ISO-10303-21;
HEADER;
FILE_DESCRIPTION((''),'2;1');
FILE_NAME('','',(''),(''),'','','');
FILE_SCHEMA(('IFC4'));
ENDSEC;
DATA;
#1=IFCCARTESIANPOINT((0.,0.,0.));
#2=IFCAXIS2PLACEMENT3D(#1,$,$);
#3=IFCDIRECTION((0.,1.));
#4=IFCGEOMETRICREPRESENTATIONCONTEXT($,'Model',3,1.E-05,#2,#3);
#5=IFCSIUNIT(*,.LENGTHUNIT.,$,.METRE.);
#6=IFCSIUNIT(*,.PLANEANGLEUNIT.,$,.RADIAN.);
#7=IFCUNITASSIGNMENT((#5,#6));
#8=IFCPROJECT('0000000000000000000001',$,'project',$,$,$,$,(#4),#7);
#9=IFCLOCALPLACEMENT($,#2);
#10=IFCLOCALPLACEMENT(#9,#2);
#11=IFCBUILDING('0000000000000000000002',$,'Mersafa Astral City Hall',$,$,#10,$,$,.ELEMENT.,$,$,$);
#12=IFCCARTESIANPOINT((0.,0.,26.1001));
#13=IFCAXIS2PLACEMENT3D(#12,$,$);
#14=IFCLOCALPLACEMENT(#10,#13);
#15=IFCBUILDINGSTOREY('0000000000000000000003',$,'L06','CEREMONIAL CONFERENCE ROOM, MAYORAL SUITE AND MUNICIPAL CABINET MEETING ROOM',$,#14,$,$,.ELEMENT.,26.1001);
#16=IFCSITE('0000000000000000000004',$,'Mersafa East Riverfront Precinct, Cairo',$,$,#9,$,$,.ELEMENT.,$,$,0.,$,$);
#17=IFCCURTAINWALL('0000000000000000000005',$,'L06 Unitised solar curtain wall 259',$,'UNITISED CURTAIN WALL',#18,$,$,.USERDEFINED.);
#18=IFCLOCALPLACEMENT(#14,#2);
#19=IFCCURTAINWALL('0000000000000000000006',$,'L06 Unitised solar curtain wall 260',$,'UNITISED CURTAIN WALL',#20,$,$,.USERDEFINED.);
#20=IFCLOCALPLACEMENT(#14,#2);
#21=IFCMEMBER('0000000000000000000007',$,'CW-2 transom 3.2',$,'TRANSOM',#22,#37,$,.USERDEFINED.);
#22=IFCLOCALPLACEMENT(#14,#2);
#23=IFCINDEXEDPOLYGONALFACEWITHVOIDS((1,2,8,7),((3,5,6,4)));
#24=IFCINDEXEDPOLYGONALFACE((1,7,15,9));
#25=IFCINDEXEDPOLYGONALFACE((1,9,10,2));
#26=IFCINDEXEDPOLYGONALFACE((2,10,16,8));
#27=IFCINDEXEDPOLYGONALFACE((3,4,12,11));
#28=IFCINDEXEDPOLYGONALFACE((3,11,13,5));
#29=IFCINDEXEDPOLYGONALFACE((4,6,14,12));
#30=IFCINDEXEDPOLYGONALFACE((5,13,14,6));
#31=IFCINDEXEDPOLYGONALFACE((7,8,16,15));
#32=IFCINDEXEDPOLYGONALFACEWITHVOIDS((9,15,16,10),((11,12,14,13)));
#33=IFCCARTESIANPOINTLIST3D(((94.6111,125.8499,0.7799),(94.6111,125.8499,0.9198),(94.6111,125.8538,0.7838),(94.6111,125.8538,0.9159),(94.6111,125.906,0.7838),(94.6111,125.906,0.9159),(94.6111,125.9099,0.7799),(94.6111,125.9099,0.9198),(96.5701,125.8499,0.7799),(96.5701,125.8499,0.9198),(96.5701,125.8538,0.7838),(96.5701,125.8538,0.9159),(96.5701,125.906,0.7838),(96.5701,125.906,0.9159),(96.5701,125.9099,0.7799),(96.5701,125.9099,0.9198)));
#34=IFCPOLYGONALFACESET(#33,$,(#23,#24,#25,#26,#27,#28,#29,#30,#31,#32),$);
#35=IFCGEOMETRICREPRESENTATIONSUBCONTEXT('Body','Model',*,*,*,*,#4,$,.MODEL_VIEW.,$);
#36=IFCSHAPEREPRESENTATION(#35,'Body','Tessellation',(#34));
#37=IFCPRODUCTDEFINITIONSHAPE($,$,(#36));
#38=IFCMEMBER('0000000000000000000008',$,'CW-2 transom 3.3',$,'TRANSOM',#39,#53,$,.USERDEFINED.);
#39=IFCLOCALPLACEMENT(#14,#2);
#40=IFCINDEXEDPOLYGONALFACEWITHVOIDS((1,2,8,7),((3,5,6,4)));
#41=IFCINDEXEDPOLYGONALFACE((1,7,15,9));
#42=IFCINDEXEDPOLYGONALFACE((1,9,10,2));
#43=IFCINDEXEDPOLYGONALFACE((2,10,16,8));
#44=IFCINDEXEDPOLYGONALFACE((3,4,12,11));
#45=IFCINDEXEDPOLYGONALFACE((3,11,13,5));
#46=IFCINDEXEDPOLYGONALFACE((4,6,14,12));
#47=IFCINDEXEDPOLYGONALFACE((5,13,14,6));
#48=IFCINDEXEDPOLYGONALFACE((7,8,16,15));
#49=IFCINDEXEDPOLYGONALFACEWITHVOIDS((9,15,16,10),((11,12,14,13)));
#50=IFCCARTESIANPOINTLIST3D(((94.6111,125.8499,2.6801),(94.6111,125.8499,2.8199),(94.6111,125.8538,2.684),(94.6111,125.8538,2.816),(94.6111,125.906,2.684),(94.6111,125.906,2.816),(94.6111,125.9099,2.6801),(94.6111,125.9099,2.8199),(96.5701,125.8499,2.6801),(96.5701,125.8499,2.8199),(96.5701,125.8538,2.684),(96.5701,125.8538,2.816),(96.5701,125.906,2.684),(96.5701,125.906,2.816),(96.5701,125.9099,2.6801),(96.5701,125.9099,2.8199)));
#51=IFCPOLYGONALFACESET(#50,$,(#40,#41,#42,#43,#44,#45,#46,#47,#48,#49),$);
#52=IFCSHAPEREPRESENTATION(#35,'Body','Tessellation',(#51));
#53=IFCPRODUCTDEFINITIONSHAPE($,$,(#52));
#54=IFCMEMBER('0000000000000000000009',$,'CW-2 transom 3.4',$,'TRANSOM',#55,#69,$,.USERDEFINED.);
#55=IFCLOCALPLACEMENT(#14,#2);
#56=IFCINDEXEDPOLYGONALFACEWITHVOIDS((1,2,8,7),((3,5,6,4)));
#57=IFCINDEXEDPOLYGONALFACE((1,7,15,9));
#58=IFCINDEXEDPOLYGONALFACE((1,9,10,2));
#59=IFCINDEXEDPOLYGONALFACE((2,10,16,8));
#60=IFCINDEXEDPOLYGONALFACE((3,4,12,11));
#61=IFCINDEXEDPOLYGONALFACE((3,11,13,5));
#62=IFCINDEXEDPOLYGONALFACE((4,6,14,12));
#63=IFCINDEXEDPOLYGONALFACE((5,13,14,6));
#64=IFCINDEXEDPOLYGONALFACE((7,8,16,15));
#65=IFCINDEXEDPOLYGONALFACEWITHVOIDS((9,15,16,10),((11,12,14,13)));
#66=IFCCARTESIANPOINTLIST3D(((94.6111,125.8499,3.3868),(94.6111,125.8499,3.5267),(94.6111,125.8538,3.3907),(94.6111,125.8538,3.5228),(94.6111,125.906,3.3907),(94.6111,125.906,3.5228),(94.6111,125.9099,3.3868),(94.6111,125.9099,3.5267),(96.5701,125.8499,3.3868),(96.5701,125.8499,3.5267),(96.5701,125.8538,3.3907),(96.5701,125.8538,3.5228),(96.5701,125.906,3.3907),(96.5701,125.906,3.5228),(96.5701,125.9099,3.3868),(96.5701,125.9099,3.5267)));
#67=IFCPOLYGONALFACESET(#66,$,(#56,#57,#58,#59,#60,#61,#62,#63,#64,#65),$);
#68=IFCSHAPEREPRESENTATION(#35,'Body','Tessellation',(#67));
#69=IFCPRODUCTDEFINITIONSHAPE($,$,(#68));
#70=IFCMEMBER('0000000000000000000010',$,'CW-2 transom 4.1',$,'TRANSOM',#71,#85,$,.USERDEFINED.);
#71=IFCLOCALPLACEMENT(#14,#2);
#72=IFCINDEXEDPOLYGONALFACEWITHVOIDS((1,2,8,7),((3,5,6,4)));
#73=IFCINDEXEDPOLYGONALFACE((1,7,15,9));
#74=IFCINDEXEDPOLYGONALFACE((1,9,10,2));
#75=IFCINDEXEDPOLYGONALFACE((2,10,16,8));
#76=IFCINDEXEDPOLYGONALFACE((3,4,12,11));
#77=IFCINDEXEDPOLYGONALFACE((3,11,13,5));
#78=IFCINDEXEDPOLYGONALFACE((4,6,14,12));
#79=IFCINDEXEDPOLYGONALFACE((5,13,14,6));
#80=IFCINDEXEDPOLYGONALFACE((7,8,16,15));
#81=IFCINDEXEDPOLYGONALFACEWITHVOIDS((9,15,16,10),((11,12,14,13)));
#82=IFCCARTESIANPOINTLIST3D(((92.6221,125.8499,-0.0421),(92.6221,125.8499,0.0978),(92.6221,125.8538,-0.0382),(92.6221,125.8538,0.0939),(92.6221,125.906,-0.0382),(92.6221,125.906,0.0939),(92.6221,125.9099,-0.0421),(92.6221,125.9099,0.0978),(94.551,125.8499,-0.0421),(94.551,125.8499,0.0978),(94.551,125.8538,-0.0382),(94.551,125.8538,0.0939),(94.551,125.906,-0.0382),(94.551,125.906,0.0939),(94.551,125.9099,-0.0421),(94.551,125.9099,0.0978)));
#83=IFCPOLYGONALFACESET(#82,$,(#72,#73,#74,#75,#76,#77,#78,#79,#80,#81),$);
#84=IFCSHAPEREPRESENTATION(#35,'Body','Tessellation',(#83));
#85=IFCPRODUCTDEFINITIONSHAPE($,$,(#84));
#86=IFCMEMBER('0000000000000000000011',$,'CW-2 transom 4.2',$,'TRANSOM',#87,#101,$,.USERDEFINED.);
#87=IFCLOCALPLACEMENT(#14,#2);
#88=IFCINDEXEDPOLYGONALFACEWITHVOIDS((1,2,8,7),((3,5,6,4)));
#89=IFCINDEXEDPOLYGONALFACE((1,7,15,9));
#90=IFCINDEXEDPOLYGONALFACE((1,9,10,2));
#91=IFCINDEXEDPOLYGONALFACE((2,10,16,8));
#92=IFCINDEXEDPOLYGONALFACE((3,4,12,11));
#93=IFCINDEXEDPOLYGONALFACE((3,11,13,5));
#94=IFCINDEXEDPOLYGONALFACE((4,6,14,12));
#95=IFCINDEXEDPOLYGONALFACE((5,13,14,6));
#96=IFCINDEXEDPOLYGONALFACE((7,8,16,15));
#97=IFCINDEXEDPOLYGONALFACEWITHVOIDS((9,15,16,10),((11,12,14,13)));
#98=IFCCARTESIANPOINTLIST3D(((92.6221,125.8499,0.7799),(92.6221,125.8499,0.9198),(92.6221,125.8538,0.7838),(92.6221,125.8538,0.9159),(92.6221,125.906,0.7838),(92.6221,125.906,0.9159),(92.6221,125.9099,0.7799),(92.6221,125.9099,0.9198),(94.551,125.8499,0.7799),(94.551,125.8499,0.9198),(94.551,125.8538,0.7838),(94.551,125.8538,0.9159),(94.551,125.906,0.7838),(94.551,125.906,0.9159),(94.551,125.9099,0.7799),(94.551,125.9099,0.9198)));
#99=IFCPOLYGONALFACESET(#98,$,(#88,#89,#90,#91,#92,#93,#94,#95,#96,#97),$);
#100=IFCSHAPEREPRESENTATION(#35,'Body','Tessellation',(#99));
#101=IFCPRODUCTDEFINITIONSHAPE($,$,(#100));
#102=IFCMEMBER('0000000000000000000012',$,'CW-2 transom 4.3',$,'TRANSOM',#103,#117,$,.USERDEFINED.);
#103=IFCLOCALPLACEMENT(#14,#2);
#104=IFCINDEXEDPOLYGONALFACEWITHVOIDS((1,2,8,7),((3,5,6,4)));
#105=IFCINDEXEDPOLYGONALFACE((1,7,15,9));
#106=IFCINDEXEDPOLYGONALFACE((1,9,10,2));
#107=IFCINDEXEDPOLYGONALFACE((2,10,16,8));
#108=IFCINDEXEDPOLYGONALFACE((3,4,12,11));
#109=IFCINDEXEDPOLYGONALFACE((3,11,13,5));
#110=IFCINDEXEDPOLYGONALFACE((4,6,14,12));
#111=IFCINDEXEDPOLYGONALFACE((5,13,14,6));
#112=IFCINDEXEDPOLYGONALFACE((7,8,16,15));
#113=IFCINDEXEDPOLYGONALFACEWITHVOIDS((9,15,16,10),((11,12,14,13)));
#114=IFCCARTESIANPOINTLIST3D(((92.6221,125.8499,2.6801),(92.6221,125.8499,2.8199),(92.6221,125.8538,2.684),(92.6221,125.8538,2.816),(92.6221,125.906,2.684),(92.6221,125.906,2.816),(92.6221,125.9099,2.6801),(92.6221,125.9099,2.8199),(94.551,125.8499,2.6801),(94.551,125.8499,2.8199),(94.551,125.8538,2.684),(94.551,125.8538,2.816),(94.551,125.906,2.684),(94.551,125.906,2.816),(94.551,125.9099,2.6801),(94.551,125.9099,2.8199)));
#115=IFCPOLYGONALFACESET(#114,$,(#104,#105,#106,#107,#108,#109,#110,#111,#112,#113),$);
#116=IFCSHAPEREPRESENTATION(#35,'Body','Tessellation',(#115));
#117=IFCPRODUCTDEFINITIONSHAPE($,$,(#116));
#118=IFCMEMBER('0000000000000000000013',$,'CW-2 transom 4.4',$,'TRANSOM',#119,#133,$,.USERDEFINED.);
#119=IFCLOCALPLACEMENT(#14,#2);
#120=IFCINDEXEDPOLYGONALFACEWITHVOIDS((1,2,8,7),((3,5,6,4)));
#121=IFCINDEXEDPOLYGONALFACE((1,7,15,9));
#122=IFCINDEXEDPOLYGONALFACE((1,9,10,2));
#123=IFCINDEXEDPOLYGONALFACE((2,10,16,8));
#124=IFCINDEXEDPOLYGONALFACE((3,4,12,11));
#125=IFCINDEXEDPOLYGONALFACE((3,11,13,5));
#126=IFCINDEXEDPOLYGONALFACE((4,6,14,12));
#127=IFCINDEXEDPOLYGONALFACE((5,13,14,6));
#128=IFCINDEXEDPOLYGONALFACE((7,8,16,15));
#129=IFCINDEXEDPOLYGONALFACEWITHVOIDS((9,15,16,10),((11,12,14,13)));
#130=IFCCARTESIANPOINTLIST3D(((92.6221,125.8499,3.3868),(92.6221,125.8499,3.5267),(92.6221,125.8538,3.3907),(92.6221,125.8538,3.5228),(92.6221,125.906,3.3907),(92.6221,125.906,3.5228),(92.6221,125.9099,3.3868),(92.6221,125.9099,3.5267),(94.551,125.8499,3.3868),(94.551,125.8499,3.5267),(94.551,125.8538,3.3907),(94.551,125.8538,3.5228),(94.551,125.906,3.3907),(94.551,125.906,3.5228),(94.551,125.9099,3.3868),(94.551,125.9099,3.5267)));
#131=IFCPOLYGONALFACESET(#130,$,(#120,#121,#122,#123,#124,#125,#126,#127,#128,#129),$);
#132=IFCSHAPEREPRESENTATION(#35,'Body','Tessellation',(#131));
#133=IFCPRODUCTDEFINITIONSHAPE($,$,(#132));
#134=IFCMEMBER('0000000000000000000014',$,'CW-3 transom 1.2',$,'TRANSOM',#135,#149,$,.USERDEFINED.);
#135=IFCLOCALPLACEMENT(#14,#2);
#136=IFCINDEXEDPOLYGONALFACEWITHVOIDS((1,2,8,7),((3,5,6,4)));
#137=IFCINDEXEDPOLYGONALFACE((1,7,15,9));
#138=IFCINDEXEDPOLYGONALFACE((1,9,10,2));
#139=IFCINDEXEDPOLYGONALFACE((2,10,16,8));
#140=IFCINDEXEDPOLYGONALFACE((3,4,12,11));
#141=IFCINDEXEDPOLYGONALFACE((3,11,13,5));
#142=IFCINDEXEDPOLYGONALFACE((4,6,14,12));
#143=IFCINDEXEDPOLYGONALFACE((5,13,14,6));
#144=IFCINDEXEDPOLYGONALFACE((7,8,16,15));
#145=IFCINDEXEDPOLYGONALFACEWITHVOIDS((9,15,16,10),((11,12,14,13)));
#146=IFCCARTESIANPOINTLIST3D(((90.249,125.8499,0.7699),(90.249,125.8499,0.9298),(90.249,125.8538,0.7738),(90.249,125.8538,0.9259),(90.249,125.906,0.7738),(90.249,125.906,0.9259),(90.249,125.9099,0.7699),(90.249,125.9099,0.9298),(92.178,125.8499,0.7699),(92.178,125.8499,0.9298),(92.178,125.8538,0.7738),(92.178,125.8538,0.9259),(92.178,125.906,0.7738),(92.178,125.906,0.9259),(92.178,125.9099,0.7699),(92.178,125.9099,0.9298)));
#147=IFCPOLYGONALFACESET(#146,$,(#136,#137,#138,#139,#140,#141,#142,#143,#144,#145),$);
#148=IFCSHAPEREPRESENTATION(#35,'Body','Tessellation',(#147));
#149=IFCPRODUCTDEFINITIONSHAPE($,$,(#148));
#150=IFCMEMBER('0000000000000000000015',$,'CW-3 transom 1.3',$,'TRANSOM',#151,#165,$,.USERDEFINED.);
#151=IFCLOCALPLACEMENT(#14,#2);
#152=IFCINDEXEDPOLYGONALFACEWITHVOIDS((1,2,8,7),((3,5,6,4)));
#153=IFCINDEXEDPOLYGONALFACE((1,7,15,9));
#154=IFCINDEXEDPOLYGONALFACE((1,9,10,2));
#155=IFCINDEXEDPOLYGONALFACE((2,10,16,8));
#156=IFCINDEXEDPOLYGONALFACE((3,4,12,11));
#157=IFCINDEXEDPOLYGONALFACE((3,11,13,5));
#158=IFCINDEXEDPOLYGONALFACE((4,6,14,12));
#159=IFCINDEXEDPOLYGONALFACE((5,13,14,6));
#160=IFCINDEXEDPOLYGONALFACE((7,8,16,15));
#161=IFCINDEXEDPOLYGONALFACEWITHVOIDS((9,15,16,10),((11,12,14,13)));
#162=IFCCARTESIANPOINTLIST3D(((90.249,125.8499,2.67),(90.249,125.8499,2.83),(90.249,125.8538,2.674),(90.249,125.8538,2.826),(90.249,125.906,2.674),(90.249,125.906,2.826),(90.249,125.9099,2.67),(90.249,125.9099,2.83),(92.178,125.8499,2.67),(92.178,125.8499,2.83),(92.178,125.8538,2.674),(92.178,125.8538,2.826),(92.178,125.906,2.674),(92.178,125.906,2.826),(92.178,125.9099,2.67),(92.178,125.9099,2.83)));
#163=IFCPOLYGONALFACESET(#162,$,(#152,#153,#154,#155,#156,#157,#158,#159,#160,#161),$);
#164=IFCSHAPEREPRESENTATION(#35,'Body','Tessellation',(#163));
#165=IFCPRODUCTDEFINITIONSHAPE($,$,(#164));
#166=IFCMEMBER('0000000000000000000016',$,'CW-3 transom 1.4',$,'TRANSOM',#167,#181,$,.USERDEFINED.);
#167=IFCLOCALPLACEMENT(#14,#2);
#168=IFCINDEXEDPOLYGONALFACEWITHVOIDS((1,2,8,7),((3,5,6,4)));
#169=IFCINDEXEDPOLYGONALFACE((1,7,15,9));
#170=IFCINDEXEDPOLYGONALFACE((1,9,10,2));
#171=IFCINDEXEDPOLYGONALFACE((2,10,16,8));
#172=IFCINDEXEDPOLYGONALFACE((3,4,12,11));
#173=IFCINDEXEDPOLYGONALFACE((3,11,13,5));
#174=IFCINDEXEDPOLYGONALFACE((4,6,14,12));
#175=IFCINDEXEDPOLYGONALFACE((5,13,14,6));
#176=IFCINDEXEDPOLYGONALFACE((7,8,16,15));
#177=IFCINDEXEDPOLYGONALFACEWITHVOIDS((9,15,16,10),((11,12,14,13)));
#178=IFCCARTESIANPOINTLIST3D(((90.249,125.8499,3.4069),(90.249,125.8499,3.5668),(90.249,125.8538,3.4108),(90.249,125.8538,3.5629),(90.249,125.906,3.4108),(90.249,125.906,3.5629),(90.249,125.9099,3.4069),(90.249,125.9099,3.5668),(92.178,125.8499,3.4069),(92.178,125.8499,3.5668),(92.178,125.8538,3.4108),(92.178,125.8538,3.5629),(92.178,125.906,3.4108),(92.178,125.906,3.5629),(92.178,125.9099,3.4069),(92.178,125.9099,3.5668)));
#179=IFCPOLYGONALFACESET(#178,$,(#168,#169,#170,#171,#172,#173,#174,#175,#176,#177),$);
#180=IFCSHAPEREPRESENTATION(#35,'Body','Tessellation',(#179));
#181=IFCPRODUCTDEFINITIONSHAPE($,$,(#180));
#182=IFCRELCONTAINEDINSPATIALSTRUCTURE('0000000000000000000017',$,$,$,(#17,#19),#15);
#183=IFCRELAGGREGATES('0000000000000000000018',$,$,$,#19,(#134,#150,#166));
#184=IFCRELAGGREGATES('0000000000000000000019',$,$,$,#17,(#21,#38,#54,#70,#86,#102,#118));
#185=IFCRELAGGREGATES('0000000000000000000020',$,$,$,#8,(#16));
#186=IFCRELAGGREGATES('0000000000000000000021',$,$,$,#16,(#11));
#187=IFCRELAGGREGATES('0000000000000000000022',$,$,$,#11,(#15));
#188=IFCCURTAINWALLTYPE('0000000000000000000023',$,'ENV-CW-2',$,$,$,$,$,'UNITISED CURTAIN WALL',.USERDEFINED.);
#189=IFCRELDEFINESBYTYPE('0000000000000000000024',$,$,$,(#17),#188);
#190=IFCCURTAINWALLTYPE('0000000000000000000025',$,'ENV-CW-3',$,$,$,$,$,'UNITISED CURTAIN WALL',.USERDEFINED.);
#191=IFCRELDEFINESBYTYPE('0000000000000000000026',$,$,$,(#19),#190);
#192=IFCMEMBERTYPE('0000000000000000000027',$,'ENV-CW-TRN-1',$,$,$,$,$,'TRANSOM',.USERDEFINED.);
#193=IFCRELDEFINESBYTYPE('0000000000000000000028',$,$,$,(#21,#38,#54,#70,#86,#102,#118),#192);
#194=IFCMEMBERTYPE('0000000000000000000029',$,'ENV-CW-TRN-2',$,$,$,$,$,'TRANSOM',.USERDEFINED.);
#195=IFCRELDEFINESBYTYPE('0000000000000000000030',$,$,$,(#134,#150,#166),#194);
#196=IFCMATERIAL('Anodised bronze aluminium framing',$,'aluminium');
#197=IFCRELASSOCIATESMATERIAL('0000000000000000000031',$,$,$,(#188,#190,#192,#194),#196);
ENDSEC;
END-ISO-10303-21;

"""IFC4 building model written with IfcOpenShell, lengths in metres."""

from ifc_helpers import new_model, si_unit, direction, frame, origin, origin_2d, place, context, subcontext, project, spatial, hollow_rectangle, extrude, material, material_profile, profile_set, type_object, element, aggregate, save


model = new_model("IFC4")

# Units and contexts
model_context = context("Model", 3, precision=1e-05, world=origin(), true_north=direction((0.0, 1.0)))
body_context = subcontext(model_context, "Body", "Model", "MODEL_VIEW")
ifc_project = project(units=[si_unit("LENGTHUNIT", "METRE"), si_unit("PLANEANGLEUNIT", "RADIAN")], contexts=[model_context])

# Site, building, storey
site_placement = place(None, origin())
site = spatial("IfcSite", under=ifc_project, at=site_placement, Name="Mersafa East Riverfront Precinct, Cairo", CompositionType="ELEMENT", RefElevation=0.0)
building_placement = place(site_placement, origin())
building = spatial("IfcBuilding", under=site, at=building_placement, Name="Mersafa Astral City Hall", CompositionType="ELEMENT")
storey_placement = place(building_placement, frame((0.0, 0.0, 26.1001)))
storey = spatial("IfcBuildingStorey", under=building, at=storey_placement, Name="L06", Description="CEREMONIAL CONFERENCE ROOM, MAYORAL SUITE AND MUNICIPAL CABINET MEETING ROOM", CompositionType="ELEMENT", Elevation=26.1001)

# Curtain wall
ifc_material_1 = material(Name="Anodised bronze aluminium framing", Category="aluminium")
curtain_wall_type_1 = type_object("IfcCurtainWallType", Name="ENV-CW-2", ElementType="UNITISED CURTAIN WALL", PredefinedType="USERDEFINED", material=ifc_material_1)
curtain_wall_1_placement = place(storey_placement, origin())
curtain_wall_1 = element("IfcCurtainWall", 1, at=curtain_wall_1_placement, inside=storey, type_object=curtain_wall_type_1, Name="L06 Unitised solar curtain wall 259", ObjectType="UNITISED CURTAIN WALL", PredefinedType="USERDEFINED")

# Curtain wall
curtain_wall_type_2 = type_object("IfcCurtainWallType", Name="ENV-CW-3", ElementType="UNITISED CURTAIN WALL", PredefinedType="USERDEFINED", material=ifc_material_1)
curtain_wall_2_placement = place(storey_placement, origin())
curtain_wall_2 = element("IfcCurtainWall", 2, at=curtain_wall_2_placement, inside=storey, type_object=curtain_wall_type_2, Name="L06 Unitised solar curtain wall 260", ObjectType="UNITISED CURTAIN WALL", PredefinedType="USERDEFINED")

# Members
ifc_material_profile_1 = material_profile(ifc_material_1, hollow_rectangle(XDim=0.0601, YDim=0.1399, WallThickness=0.0039, at=origin_2d()), Name="RHS 60x140x4")
ifc_profile_set_1 = profile_set([ifc_material_profile_1], Name="Anodised bronze aluminium framing")
member_type_1 = type_object("IfcMemberType", Name="ENV-CW-TRN-1", ElementType="TRANSOM", PredefinedType="USERDEFINED", material=ifc_profile_set_1)
member_1_placement = place(storey_placement, frame((96.5701, 125.8799, 0.8499), z_axis=(-1.0, 0.0, 0.0), x_axis=(0.0, -1.0, 0.0)))
member_1 = element("IfcMember", 3, at=member_1_placement, type_object=member_type_1, Name="CW-2 transom 3.2", ObjectType="TRANSOM", PredefinedType="USERDEFINED", context=body_context, shape_type="SweptSolid", body=[
    extrude(hollow_rectangle(XDim=0.0601, YDim=0.1399, WallThickness=0.0039, at=origin_2d()), origin(), (0.0, 0.0, 1.0), 1.959),
])
member_2_placement = place(storey_placement, frame((96.5701, 125.8799, 2.75), z_axis=(-1.0, 0.0, 0.0), x_axis=(0.0, -1.0, 0.0)))
member_2 = element("IfcMember", 4, at=member_2_placement, type_object=member_type_1, Name="CW-2 transom 3.3", ObjectType="TRANSOM", PredefinedType="USERDEFINED", context=body_context, shape_type="SweptSolid", body=[
    extrude(hollow_rectangle(XDim=0.0601, YDim=0.1399, WallThickness=0.0039, at=origin_2d()), origin(), (0.0, 0.0, 1.0), 1.959),
])
member_3_placement = place(storey_placement, frame((96.5701, 125.8799, 3.4568), z_axis=(-1.0, 0.0, 0.0), x_axis=(0.0, -1.0, 0.0)))
member_3 = element("IfcMember", 5, at=member_3_placement, type_object=member_type_1, Name="CW-2 transom 3.4", ObjectType="TRANSOM", PredefinedType="USERDEFINED", context=body_context, shape_type="SweptSolid", body=[
    extrude(hollow_rectangle(XDim=0.0601, YDim=0.1399, WallThickness=0.0039, at=origin_2d()), origin(), (0.0, 0.0, 1.0), 1.959),
])
member_4_placement = place(storey_placement, frame((94.551, 125.8799, 0.0278), z_axis=(-1.0, 0.0, 0.0), x_axis=(0.0, -1.0, 0.0)))
member_4 = element("IfcMember", 6, at=member_4_placement, type_object=member_type_1, Name="CW-2 transom 4.1", ObjectType="TRANSOM", PredefinedType="USERDEFINED", context=body_context, shape_type="SweptSolid", body=[
    extrude(hollow_rectangle(XDim=0.0601, YDim=0.1399, WallThickness=0.0039, at=origin_2d()), origin(), (0.0, 0.0, 1.0), 1.929),
])
member_5_placement = place(storey_placement, frame((94.551, 125.8799, 0.8499), z_axis=(-1.0, 0.0, 0.0), x_axis=(0.0, -1.0, 0.0)))
member_5 = element("IfcMember", 7, at=member_5_placement, type_object=member_type_1, Name="CW-2 transom 4.2", ObjectType="TRANSOM", PredefinedType="USERDEFINED", context=body_context, shape_type="SweptSolid", body=[
    extrude(hollow_rectangle(XDim=0.0601, YDim=0.1399, WallThickness=0.0039, at=origin_2d()), origin(), (0.0, 0.0, 1.0), 1.929),
])
member_6_placement = place(storey_placement, frame((94.551, 125.8799, 2.75), z_axis=(-1.0, 0.0, 0.0), x_axis=(0.0, -1.0, 0.0)))
member_6 = element("IfcMember", 8, at=member_6_placement, type_object=member_type_1, Name="CW-2 transom 4.3", ObjectType="TRANSOM", PredefinedType="USERDEFINED", context=body_context, shape_type="SweptSolid", body=[
    extrude(hollow_rectangle(XDim=0.0601, YDim=0.1399, WallThickness=0.0039, at=origin_2d()), origin(), (0.0, 0.0, 1.0), 1.929),
])
member_7_placement = place(storey_placement, frame((94.551, 125.8799, 3.4568), z_axis=(-1.0, 0.0, 0.0), x_axis=(0.0, -1.0, 0.0)))
member_7 = element("IfcMember", 9, at=member_7_placement, type_object=member_type_1, Name="CW-2 transom 4.4", ObjectType="TRANSOM", PredefinedType="USERDEFINED", context=body_context, shape_type="SweptSolid", body=[
    extrude(hollow_rectangle(XDim=0.0601, YDim=0.1399, WallThickness=0.0039, at=origin_2d()), origin(), (0.0, 0.0, 1.0), 1.929),
])
ifc_material_profile_2 = material_profile(ifc_material_1, hollow_rectangle(XDim=0.0601, YDim=0.1599, WallThickness=0.0039, at=origin_2d()), Name="RHS 60x160x4")
ifc_profile_set_2 = profile_set([ifc_material_profile_2], Name="Anodised bronze aluminium framing")
member_type_2 = type_object("IfcMemberType", Name="ENV-CW-TRN-2", ElementType="TRANSOM", PredefinedType="USERDEFINED", material=ifc_profile_set_2)
member_8_placement = place(storey_placement, frame((92.178, 125.8799, 0.8499), z_axis=(-1.0, 0.0, 0.0), x_axis=(0.0, -1.0, 0.0)))
member_8 = element("IfcMember", 10, at=member_8_placement, type_object=member_type_2, Name="CW-3 transom 1.2", ObjectType="TRANSOM", PredefinedType="USERDEFINED", context=body_context, shape_type="SweptSolid", body=[
    extrude(hollow_rectangle(XDim=0.0601, YDim=0.1599, WallThickness=0.0039, at=origin_2d()), origin(), (0.0, 0.0, 1.0), 1.929),
])
member_9_placement = place(storey_placement, frame((92.178, 125.8799, 2.75), z_axis=(-1.0, 0.0, 0.0), x_axis=(0.0, -1.0, 0.0)))
member_9 = element("IfcMember", 11, at=member_9_placement, type_object=member_type_2, Name="CW-3 transom 1.3", ObjectType="TRANSOM", PredefinedType="USERDEFINED", context=body_context, shape_type="SweptSolid", body=[
    extrude(hollow_rectangle(XDim=0.0601, YDim=0.1599, WallThickness=0.0039, at=origin_2d()), origin(), (0.0, 0.0, 1.0), 1.929),
])
member_10_placement = place(storey_placement, frame((92.178, 125.8799, 3.4868), z_axis=(-1.0, 0.0, 0.0), x_axis=(0.0, -1.0, 0.0)))
member_10 = element("IfcMember", 12, at=member_10_placement, type_object=member_type_2, Name="CW-3 transom 1.4", ObjectType="TRANSOM", PredefinedType="USERDEFINED", context=body_context, shape_type="SweptSolid", body=[
    extrude(hollow_rectangle(XDim=0.0601, YDim=0.1599, WallThickness=0.0039, at=origin_2d()), origin(), (0.0, 0.0, 1.0), 1.929),
])
aggregate(curtain_wall_2, [member_8, member_9, member_10])

aggregate(curtain_wall_1, [member_1, member_2, member_3, member_4, member_5, member_6, member_7])

save(model, "model.ifc")
